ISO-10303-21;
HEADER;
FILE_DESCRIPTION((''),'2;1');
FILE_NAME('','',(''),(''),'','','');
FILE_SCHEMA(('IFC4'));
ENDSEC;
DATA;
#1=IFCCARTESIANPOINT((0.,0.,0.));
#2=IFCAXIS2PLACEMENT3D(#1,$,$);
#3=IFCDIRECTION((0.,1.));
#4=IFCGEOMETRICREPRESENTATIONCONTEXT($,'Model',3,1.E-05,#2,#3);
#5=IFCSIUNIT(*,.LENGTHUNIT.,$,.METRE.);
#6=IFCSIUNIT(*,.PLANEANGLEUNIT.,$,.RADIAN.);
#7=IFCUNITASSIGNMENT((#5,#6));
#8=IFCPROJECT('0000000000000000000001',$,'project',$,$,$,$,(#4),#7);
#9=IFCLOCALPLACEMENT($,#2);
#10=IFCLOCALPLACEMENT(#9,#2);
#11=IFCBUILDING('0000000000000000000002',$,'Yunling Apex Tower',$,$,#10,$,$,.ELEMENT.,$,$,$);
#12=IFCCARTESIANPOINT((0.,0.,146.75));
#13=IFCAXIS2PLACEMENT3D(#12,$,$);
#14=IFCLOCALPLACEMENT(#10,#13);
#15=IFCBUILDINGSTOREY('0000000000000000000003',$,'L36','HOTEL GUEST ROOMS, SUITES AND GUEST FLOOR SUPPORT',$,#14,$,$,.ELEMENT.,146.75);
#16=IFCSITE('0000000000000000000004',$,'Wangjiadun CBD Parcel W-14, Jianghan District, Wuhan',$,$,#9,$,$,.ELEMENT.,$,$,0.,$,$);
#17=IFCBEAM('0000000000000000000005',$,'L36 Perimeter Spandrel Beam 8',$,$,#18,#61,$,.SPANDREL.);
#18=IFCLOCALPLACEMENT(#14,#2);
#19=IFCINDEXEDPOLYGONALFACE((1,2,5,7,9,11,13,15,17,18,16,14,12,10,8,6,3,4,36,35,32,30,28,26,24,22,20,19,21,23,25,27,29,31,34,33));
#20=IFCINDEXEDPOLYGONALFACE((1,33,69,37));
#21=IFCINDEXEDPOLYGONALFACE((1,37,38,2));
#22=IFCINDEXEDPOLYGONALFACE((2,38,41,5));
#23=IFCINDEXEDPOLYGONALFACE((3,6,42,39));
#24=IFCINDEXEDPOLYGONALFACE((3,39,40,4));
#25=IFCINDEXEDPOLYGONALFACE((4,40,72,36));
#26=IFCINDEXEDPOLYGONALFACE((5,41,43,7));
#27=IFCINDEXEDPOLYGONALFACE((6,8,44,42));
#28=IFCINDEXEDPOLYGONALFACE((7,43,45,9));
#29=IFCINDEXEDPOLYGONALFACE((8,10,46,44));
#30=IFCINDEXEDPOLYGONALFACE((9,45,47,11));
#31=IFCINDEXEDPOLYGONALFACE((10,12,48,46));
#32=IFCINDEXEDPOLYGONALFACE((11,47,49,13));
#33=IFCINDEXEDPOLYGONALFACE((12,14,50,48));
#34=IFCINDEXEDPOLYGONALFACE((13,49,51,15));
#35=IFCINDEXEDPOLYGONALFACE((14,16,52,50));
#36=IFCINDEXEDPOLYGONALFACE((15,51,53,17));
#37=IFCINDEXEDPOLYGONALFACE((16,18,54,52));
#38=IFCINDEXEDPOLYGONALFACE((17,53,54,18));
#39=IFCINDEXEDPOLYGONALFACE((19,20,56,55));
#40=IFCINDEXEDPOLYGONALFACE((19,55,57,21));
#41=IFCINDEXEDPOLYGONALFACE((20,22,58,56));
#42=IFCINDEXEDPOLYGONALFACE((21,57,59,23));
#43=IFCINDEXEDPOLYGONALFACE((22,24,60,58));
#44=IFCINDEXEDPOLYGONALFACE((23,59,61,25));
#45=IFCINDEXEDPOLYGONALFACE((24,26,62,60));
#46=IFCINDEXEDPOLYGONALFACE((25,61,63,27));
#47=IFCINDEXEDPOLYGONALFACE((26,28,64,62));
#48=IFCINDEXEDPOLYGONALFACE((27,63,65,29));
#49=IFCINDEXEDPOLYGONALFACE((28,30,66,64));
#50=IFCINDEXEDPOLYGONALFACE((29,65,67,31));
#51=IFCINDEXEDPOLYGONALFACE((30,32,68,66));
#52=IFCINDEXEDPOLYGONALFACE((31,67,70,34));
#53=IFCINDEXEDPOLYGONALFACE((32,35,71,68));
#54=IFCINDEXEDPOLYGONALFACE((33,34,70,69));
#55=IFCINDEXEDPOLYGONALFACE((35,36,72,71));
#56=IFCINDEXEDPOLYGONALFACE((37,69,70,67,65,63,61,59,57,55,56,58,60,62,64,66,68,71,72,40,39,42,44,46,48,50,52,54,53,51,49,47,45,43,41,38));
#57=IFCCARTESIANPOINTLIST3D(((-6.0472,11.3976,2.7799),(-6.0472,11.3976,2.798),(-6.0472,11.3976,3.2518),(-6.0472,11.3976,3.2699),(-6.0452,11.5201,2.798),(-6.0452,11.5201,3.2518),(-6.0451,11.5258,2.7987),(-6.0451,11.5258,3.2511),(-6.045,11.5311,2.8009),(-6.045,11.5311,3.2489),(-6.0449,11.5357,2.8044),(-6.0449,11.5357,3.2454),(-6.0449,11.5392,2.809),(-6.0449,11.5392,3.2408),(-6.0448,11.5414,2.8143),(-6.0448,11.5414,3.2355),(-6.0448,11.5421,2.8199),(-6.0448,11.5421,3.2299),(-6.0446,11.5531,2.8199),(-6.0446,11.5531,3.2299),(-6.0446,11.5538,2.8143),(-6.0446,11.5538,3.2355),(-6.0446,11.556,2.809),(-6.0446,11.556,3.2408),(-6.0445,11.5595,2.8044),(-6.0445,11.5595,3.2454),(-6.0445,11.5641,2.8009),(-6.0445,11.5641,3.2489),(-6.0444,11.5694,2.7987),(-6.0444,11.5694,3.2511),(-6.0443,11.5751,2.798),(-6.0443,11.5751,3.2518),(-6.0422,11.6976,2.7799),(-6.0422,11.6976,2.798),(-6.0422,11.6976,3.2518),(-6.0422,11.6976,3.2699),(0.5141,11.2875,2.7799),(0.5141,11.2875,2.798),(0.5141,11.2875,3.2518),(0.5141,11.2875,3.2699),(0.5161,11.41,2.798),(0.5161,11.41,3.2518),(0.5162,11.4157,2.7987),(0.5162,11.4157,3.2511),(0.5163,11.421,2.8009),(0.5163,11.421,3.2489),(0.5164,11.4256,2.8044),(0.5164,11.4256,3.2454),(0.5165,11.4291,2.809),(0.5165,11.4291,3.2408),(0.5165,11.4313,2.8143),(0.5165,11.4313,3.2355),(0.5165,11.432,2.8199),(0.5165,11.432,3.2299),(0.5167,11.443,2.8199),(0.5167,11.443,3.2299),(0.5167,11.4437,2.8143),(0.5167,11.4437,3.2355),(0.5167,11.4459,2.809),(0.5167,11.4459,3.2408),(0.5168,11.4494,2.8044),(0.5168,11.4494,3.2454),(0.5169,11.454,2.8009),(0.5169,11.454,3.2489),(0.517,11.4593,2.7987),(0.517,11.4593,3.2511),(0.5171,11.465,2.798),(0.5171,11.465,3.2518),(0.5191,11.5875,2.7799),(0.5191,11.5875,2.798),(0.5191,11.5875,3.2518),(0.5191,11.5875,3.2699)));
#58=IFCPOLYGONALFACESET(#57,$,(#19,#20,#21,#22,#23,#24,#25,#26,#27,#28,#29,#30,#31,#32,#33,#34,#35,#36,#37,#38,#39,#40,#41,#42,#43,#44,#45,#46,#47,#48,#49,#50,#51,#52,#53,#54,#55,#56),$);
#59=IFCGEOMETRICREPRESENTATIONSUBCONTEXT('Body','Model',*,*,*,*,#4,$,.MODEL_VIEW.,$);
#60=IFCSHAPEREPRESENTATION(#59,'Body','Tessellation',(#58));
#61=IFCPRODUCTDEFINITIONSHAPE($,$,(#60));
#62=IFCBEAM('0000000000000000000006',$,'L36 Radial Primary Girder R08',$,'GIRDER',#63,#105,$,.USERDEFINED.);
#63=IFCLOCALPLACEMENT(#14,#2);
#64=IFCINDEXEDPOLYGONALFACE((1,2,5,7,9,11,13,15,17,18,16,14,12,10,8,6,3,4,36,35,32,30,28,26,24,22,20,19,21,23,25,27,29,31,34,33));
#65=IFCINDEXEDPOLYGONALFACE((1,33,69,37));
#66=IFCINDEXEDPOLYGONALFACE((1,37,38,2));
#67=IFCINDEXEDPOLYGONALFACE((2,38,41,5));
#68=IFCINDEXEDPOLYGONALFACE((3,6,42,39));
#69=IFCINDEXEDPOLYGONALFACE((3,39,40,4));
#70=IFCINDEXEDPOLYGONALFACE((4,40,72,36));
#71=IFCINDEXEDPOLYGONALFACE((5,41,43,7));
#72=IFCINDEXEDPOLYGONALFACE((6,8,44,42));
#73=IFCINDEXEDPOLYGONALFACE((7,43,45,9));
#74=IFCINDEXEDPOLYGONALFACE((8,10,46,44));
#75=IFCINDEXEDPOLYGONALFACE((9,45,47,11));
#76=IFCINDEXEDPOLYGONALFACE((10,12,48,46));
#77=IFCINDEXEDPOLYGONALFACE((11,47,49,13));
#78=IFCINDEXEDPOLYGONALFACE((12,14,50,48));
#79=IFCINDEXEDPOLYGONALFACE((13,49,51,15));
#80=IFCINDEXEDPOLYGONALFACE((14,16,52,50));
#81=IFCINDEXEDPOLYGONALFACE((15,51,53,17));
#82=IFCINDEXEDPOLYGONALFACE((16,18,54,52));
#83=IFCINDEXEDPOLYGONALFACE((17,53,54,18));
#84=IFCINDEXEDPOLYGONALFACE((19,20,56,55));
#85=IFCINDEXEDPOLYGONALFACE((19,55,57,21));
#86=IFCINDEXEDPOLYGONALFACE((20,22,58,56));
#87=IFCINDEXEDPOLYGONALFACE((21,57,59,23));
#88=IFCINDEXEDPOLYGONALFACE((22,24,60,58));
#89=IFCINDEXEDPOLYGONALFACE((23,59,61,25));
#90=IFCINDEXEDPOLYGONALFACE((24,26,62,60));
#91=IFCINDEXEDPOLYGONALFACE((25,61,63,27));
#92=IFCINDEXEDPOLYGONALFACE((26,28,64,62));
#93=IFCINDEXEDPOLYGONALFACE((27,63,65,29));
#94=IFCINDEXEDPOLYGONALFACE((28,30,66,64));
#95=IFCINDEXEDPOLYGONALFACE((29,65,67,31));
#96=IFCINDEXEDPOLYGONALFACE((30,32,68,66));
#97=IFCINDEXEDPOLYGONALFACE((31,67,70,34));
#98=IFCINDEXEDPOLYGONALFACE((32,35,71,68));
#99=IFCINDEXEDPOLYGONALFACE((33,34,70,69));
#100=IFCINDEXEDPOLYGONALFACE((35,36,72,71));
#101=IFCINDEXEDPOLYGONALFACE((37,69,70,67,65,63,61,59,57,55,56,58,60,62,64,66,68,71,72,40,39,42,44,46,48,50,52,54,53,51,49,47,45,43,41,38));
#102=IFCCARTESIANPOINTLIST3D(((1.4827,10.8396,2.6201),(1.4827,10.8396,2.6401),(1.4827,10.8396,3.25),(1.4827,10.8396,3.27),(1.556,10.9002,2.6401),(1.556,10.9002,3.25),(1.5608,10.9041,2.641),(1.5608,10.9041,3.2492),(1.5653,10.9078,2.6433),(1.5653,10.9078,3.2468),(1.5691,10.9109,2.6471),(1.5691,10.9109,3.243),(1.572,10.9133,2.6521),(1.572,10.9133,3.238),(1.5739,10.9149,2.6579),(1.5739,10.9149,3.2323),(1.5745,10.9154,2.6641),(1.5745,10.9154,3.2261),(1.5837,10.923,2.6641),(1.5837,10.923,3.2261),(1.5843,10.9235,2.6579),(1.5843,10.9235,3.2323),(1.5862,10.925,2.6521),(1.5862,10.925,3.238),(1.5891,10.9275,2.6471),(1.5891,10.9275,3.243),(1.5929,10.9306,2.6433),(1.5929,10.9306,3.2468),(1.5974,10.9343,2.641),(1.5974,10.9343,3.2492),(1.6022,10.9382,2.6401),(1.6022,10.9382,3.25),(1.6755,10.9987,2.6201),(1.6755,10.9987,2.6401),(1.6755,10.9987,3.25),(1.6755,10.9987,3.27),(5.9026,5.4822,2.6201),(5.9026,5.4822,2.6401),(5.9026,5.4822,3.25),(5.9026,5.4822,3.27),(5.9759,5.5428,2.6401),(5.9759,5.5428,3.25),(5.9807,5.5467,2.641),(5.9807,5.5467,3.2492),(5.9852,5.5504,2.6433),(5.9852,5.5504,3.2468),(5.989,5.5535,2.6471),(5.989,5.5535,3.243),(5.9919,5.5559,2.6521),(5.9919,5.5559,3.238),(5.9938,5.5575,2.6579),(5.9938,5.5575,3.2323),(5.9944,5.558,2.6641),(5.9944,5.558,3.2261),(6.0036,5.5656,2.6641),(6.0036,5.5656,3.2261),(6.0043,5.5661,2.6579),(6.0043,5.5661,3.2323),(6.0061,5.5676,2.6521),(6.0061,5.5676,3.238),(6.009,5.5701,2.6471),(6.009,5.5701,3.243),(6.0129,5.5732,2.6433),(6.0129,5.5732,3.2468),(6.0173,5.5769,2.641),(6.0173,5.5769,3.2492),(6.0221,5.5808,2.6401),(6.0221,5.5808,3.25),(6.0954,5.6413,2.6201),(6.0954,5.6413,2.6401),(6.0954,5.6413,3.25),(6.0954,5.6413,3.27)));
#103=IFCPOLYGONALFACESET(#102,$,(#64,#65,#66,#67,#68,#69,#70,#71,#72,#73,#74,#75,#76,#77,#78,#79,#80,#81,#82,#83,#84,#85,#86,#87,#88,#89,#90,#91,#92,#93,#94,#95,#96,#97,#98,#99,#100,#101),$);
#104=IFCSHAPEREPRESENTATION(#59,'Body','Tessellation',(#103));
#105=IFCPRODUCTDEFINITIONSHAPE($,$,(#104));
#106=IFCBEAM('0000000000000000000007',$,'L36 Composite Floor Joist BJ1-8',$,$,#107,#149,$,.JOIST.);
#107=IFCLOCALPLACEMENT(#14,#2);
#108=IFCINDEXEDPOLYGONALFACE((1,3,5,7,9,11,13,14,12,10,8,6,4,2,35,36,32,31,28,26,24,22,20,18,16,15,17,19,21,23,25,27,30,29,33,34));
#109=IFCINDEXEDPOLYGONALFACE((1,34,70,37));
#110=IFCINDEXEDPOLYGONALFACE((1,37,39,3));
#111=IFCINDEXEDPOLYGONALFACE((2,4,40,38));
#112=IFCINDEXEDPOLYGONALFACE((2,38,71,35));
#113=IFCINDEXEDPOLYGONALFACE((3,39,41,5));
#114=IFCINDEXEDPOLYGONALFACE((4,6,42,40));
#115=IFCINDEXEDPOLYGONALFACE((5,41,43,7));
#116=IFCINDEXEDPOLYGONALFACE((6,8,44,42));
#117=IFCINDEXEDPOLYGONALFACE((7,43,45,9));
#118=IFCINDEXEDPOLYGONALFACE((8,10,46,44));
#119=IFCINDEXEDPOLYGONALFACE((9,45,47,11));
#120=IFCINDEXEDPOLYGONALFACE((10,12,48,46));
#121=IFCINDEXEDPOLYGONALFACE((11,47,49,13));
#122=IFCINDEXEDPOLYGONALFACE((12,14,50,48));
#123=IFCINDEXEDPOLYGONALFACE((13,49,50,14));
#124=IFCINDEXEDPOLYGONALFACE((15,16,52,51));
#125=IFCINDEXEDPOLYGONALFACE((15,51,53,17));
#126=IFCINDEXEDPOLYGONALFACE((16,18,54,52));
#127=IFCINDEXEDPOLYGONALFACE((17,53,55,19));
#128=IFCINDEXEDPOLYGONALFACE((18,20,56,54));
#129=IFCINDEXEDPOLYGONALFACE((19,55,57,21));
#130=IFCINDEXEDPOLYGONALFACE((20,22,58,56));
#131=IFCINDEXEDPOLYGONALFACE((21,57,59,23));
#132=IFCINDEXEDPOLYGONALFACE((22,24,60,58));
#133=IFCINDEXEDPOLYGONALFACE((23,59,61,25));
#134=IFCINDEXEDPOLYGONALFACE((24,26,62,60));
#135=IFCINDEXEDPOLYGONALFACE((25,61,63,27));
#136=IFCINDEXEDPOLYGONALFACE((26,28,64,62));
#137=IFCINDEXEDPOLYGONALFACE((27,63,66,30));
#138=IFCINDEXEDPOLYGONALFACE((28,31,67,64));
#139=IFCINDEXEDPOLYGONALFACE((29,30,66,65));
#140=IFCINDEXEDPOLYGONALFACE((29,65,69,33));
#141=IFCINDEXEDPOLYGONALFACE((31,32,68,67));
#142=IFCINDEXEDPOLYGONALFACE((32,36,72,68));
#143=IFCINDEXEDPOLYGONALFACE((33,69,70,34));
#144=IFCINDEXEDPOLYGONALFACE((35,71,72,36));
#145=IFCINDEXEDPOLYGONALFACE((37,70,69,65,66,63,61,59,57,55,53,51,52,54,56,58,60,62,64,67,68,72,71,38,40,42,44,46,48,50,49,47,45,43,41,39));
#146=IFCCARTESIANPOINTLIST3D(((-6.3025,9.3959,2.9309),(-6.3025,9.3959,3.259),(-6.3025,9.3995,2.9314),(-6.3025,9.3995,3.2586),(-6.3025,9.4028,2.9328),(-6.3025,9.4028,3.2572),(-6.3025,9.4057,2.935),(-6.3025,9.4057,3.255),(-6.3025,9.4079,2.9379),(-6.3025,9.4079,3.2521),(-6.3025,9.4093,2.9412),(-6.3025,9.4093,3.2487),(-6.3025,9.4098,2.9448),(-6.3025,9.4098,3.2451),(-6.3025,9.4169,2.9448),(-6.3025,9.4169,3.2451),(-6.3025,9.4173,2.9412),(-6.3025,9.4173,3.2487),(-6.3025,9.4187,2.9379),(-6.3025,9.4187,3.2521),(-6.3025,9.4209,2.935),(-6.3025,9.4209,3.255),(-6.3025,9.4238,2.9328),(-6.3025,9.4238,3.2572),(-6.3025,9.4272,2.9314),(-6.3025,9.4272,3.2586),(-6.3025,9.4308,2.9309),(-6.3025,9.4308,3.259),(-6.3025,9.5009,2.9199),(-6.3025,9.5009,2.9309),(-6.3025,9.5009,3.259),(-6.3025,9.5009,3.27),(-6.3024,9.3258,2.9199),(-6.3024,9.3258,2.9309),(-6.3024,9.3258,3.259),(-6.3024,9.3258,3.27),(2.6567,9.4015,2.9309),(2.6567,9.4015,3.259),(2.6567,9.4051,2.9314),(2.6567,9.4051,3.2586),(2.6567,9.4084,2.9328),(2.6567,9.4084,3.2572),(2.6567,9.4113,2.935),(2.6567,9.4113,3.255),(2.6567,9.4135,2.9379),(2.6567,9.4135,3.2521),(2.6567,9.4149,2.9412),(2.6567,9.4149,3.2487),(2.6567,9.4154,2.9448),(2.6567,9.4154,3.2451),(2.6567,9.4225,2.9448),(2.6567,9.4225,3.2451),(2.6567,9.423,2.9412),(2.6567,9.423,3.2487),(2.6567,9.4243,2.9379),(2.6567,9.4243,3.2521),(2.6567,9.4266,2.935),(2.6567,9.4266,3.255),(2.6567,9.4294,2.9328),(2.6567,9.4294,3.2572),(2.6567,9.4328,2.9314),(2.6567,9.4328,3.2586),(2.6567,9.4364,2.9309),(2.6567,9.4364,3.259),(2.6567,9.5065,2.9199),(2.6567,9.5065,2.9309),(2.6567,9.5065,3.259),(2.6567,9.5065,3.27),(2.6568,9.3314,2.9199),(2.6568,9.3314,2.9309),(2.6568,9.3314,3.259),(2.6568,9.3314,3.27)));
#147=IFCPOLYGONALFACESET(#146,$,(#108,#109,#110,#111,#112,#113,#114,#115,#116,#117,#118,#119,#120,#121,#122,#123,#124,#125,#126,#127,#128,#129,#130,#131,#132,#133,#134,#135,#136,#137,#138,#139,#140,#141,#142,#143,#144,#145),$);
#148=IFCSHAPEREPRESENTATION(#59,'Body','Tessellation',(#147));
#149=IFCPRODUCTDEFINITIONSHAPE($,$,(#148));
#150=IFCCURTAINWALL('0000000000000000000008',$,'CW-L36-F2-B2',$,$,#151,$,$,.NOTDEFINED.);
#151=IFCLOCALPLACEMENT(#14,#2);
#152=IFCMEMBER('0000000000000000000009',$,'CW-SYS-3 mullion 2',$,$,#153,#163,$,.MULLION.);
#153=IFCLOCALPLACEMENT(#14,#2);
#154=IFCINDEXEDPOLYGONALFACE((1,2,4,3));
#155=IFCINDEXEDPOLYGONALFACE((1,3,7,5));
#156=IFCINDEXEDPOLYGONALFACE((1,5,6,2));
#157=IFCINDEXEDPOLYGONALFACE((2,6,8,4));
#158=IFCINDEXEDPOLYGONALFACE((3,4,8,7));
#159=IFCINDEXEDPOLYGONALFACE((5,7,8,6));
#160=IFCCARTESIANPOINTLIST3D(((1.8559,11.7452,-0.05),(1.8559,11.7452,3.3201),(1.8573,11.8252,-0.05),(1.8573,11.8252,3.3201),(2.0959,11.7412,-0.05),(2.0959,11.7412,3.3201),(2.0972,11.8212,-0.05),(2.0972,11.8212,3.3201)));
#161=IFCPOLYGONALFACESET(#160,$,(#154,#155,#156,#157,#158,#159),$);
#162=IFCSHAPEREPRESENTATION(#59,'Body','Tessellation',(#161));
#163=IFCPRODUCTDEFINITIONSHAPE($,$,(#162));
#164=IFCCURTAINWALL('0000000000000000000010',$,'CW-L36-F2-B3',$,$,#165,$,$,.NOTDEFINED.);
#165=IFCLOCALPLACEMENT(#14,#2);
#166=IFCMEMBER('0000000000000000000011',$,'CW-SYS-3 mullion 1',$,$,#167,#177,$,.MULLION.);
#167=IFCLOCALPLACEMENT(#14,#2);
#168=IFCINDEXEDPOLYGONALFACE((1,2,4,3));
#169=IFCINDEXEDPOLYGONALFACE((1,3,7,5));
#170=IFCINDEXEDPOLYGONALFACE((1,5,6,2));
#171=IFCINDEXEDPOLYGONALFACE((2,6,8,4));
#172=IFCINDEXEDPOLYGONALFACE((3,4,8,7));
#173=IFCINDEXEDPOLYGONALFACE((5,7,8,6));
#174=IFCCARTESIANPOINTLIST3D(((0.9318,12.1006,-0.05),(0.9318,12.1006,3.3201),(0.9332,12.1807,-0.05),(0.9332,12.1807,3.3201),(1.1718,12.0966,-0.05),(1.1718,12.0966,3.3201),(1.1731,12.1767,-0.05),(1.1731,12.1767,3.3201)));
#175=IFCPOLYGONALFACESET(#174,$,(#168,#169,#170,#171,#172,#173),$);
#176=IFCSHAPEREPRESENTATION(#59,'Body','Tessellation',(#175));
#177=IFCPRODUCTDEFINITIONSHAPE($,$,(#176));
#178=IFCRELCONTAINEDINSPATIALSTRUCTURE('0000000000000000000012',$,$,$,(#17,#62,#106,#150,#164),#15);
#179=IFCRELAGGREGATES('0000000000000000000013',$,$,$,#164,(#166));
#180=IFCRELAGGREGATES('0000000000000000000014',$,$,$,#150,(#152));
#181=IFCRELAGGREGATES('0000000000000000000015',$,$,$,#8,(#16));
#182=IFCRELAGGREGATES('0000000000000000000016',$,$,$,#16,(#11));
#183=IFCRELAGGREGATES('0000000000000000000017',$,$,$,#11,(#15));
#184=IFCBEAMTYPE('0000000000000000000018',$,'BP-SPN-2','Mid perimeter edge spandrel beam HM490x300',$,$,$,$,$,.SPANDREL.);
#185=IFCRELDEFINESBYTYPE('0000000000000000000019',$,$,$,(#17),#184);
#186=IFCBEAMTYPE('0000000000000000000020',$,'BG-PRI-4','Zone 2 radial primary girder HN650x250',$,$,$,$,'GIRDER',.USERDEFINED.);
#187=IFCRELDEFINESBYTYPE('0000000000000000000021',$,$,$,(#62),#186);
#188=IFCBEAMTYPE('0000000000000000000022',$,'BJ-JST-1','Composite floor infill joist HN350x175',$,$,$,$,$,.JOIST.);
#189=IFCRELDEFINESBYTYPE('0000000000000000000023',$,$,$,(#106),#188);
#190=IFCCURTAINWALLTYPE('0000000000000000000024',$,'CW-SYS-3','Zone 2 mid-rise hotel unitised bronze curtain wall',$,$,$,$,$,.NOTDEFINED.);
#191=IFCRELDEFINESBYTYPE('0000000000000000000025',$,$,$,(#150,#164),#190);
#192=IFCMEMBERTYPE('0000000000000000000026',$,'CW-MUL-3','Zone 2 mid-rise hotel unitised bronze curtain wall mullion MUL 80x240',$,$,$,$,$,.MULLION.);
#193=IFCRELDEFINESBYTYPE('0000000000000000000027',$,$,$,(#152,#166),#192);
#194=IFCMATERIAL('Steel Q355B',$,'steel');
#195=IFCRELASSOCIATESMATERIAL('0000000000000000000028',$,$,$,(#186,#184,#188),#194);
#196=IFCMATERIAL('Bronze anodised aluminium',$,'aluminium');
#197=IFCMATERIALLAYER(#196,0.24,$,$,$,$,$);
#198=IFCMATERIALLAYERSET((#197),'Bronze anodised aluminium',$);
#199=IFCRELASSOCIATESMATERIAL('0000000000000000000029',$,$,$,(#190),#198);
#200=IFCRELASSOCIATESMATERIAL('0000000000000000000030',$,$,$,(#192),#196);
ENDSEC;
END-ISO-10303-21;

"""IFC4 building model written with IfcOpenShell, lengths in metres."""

from ifc_helpers import new_model, si_unit, direction, frame, origin, origin_2d, place, context, subcontext, project, spatial, rectangle, i_section, extrude, source, transform, mapped, material, layer, layer_set, material_profile, profile_set, type_object, element, aggregate, save


model = new_model("IFC4")

# Units and contexts
model_context = context("Model", 3, precision=1e-05, world=origin(), true_north=direction((0.0, 1.0)))
body_context = subcontext(model_context, "Body", "Model", "MODEL_VIEW")
ifc_project = project(units=[si_unit("LENGTHUNIT", "METRE"), si_unit("PLANEANGLEUNIT", "RADIAN")], contexts=[model_context])

# Site, building, storey
site_placement = place(None, origin())
site = spatial("IfcSite", under=ifc_project, at=site_placement, Name="Wangjiadun CBD Parcel W-14, Jianghan District, Wuhan", CompositionType="ELEMENT", RefElevation=0.0)
building_placement = place(site_placement, origin())
building = spatial("IfcBuilding", under=site, at=building_placement, Name="Yunling Apex Tower", CompositionType="ELEMENT")
storey_placement = place(building_placement, frame((0.0, 0.0, 146.75)))
storey = spatial("IfcBuildingStorey", under=building, at=storey_placement, Name="L36", Description="HOTEL GUEST ROOMS, SUITES AND GUEST FLOOR SUPPORT", CompositionType="ELEMENT", Elevation=146.75)

# Beams
ifc_material_1 = material(Name="Steel Q355B", Category="steel")
ifc_material_profile_1 = material_profile(ifc_material_1, i_section(OverallWidth=0.25, OverallDepth=0.6499, WebThickness=0.012, FlangeThickness=0.02, FilletRadius=0.0239, at=origin_2d()))
ifc_profile_set_1 = profile_set([ifc_material_profile_1], Name="Steel Q355B")
beam_type_1 = type_object("IfcBeamType", Name="BG-PRI-4", Description="Zone 2 radial primary girder HN650x250", ElementType="GIRDER", PredefinedType="USERDEFINED", material=ifc_profile_set_1)
ifc_material_profile_2 = material_profile(ifc_material_1, i_section(OverallWidth=0.3, OverallDepth=0.49, WebThickness=0.011, FlangeThickness=0.0181, FilletRadius=0.022, at=origin_2d()))
ifc_profile_set_2 = profile_set([ifc_material_profile_2], Name="Steel Q355B")
beam_type_2 = type_object("IfcBeamType", Name="BP-SPN-2", Description="Mid perimeter edge spandrel beam HM490x300", PredefinedType="SPANDREL", material=ifc_profile_set_2)
shared_shape_1 = source(origin(), body_context, "Body", "SweptSolid", [
    extrude(i_section(OverallWidth=0.3, OverallDepth=0.49, WebThickness=0.011, FlangeThickness=0.0181, FilletRadius=0.022, at=origin_2d()), origin(), (0.0, 0.0, 1.0), 6.5623),
])
beam_1_placement = place(storey_placement, frame((0.5166, 11.4375, 3.0249), z_axis=(-0.999859, 0.016779, 0.0), x_axis=(-0.016779, -0.999859, 0.0)))
element("IfcBeam", 1, at=beam_1_placement, inside=storey, type_object=beam_type_2, Name="L36 Perimeter Spandrel Beam 8", PredefinedType="SPANDREL", context=body_context, shape_type="MappedRepresentation", body=[
    mapped(shared_shape_1, transform((0.0, 0.0, 0.0), scale=1.0)),
])
shared_shape_2 = source(origin(), body_context, "Body", "SweptSolid", [
    extrude(i_section(OverallWidth=0.25, OverallDepth=0.6499, WebThickness=0.012, FlangeThickness=0.02, FilletRadius=0.0239, at=origin_2d()), origin(), (0.0, 0.0, 1.0), 6.9453),
])
beam_2_placement = place(storey_placement, frame((1.5791, 10.9192, 2.9451), z_axis=(0.636387, -0.77137, 0.0), x_axis=(0.77137, 0.636387, 0.0)))
element("IfcBeam", 2, at=beam_2_placement, inside=storey, type_object=beam_type_1, Name="L36 Radial Primary Girder R08", ObjectType="GIRDER", PredefinedType="USERDEFINED", context=body_context, shape_type="MappedRepresentation", body=[
    mapped(shared_shape_2, transform((0.0, 0.0, 0.0), scale=1.0)),
])
ifc_material_profile_3 = material_profile(ifc_material_1, i_section(OverallWidth=0.175, OverallDepth=0.3501, WebThickness=0.0071, FlangeThickness=0.011, FilletRadius=0.0139, at=origin_2d()))
ifc_profile_set_3 = profile_set([ifc_material_profile_3], Name="Steel Q355B")
beam_type_3 = type_object("IfcBeamType", Name="BJ-JST-1", Description="Composite floor infill joist HN350x175", PredefinedType="JOIST", material=ifc_profile_set_3)
shared_shape_3 = source(origin(), body_context, "Body", "SweptSolid", [
    extrude(i_section(OverallWidth=0.175, OverallDepth=0.3501, WebThickness=0.0071, FlangeThickness=0.011, FilletRadius=0.0139, at=origin_2d()), origin(), (0.0, 0.0, 1.0), 8.9592),
])
beam_3_placement = place(storey_placement, frame((2.6567, 9.4189, 3.095), z_axis=(-1.0, -0.000627, 0.0), x_axis=(0.000627, -1.0, 0.0)))
element("IfcBeam", 3, at=beam_3_placement, inside=storey, type_object=beam_type_3, Name="L36 Composite Floor Joist BJ1-8", PredefinedType="JOIST", context=body_context, shape_type="MappedRepresentation", body=[
    mapped(shared_shape_3, transform((0.0, 0.0, 0.0), scale=1.0)),
])

# Curtain wall, member
ifc_material_2 = material(Name="Bronze anodised aluminium", Category="aluminium")
ifc_layer_1 = layer(ifc_material_2, 0.24)
ifc_layer_set_1 = layer_set([ifc_layer_1], Name="Bronze anodised aluminium")
curtain_wall_type = type_object("IfcCurtainWallType", Name="CW-SYS-3", Description="Zone 2 mid-rise hotel unitised bronze curtain wall", PredefinedType="NOTDEFINED", material=ifc_layer_set_1)
curtain_wall_1_placement = place(storey_placement, origin())
curtain_wall_1 = element("IfcCurtainWall", 4, at=curtain_wall_1_placement, inside=storey, type_object=curtain_wall_type, Name="CW-L36-F2-B2", PredefinedType="NOTDEFINED")
ifc_material_profile_4 = material_profile(ifc_material_2, rectangle(XDim=0.0801, YDim=0.24, at=origin_2d()))
ifc_profile_set_4 = profile_set([ifc_material_profile_4], Name="Bronze anodised aluminium")
member_type_1 = type_object("IfcMemberType", Name="CW-MUL-3", Description="Zone 2 mid-rise hotel unitised bronze curtain wall mullion MUL 80x240", PredefinedType="MULLION", material=ifc_profile_set_4)
shared_shape_4 = source(origin(), body_context, "Body", "SweptSolid", [
    extrude(rectangle(XDim=0.0801, YDim=0.24, at=origin_2d()), origin(), (0.0, 0.0, 1.0), 3.3701),
])
member_1_placement = place(storey_placement, frame((1.9766, 11.7832, -0.05), z_axis=(0.0, 0.0, 1.0), x_axis=(-0.016767, -0.999859, 0.0)))
member_1 = element("IfcMember", 5, at=member_1_placement, type_object=member_type_1, Name="CW-SYS-3 mullion 2", PredefinedType="MULLION", context=body_context, shape_type="MappedRepresentation", body=[
    mapped(shared_shape_4, transform((0.0, 0.0, 0.0), scale=1.0)),
])

# Curtain wall, member
curtain_wall_2_placement = place(storey_placement, origin())
curtain_wall_2 = element("IfcCurtainWall", 6, at=curtain_wall_2_placement, inside=storey, type_object=curtain_wall_type, Name="CW-L36-F2-B3", PredefinedType="NOTDEFINED")
member_2_placement = place(storey_placement, frame((1.0525, 12.1387, -0.05), z_axis=(0.0, 0.0, 1.0), x_axis=(-0.016762, -0.99986, 0.0)))
member_2 = element("IfcMember", 7, at=member_2_placement, type_object=member_type_1, Name="CW-SYS-3 mullion 1", PredefinedType="MULLION", context=body_context, shape_type="MappedRepresentation", body=[
    mapped(shared_shape_4, transform((0.0, 0.0, 0.0), scale=1.0)),
])
aggregate(curtain_wall_2, [member_2])

aggregate(curtain_wall_1, [member_1])

save(model, "model.ifc")
